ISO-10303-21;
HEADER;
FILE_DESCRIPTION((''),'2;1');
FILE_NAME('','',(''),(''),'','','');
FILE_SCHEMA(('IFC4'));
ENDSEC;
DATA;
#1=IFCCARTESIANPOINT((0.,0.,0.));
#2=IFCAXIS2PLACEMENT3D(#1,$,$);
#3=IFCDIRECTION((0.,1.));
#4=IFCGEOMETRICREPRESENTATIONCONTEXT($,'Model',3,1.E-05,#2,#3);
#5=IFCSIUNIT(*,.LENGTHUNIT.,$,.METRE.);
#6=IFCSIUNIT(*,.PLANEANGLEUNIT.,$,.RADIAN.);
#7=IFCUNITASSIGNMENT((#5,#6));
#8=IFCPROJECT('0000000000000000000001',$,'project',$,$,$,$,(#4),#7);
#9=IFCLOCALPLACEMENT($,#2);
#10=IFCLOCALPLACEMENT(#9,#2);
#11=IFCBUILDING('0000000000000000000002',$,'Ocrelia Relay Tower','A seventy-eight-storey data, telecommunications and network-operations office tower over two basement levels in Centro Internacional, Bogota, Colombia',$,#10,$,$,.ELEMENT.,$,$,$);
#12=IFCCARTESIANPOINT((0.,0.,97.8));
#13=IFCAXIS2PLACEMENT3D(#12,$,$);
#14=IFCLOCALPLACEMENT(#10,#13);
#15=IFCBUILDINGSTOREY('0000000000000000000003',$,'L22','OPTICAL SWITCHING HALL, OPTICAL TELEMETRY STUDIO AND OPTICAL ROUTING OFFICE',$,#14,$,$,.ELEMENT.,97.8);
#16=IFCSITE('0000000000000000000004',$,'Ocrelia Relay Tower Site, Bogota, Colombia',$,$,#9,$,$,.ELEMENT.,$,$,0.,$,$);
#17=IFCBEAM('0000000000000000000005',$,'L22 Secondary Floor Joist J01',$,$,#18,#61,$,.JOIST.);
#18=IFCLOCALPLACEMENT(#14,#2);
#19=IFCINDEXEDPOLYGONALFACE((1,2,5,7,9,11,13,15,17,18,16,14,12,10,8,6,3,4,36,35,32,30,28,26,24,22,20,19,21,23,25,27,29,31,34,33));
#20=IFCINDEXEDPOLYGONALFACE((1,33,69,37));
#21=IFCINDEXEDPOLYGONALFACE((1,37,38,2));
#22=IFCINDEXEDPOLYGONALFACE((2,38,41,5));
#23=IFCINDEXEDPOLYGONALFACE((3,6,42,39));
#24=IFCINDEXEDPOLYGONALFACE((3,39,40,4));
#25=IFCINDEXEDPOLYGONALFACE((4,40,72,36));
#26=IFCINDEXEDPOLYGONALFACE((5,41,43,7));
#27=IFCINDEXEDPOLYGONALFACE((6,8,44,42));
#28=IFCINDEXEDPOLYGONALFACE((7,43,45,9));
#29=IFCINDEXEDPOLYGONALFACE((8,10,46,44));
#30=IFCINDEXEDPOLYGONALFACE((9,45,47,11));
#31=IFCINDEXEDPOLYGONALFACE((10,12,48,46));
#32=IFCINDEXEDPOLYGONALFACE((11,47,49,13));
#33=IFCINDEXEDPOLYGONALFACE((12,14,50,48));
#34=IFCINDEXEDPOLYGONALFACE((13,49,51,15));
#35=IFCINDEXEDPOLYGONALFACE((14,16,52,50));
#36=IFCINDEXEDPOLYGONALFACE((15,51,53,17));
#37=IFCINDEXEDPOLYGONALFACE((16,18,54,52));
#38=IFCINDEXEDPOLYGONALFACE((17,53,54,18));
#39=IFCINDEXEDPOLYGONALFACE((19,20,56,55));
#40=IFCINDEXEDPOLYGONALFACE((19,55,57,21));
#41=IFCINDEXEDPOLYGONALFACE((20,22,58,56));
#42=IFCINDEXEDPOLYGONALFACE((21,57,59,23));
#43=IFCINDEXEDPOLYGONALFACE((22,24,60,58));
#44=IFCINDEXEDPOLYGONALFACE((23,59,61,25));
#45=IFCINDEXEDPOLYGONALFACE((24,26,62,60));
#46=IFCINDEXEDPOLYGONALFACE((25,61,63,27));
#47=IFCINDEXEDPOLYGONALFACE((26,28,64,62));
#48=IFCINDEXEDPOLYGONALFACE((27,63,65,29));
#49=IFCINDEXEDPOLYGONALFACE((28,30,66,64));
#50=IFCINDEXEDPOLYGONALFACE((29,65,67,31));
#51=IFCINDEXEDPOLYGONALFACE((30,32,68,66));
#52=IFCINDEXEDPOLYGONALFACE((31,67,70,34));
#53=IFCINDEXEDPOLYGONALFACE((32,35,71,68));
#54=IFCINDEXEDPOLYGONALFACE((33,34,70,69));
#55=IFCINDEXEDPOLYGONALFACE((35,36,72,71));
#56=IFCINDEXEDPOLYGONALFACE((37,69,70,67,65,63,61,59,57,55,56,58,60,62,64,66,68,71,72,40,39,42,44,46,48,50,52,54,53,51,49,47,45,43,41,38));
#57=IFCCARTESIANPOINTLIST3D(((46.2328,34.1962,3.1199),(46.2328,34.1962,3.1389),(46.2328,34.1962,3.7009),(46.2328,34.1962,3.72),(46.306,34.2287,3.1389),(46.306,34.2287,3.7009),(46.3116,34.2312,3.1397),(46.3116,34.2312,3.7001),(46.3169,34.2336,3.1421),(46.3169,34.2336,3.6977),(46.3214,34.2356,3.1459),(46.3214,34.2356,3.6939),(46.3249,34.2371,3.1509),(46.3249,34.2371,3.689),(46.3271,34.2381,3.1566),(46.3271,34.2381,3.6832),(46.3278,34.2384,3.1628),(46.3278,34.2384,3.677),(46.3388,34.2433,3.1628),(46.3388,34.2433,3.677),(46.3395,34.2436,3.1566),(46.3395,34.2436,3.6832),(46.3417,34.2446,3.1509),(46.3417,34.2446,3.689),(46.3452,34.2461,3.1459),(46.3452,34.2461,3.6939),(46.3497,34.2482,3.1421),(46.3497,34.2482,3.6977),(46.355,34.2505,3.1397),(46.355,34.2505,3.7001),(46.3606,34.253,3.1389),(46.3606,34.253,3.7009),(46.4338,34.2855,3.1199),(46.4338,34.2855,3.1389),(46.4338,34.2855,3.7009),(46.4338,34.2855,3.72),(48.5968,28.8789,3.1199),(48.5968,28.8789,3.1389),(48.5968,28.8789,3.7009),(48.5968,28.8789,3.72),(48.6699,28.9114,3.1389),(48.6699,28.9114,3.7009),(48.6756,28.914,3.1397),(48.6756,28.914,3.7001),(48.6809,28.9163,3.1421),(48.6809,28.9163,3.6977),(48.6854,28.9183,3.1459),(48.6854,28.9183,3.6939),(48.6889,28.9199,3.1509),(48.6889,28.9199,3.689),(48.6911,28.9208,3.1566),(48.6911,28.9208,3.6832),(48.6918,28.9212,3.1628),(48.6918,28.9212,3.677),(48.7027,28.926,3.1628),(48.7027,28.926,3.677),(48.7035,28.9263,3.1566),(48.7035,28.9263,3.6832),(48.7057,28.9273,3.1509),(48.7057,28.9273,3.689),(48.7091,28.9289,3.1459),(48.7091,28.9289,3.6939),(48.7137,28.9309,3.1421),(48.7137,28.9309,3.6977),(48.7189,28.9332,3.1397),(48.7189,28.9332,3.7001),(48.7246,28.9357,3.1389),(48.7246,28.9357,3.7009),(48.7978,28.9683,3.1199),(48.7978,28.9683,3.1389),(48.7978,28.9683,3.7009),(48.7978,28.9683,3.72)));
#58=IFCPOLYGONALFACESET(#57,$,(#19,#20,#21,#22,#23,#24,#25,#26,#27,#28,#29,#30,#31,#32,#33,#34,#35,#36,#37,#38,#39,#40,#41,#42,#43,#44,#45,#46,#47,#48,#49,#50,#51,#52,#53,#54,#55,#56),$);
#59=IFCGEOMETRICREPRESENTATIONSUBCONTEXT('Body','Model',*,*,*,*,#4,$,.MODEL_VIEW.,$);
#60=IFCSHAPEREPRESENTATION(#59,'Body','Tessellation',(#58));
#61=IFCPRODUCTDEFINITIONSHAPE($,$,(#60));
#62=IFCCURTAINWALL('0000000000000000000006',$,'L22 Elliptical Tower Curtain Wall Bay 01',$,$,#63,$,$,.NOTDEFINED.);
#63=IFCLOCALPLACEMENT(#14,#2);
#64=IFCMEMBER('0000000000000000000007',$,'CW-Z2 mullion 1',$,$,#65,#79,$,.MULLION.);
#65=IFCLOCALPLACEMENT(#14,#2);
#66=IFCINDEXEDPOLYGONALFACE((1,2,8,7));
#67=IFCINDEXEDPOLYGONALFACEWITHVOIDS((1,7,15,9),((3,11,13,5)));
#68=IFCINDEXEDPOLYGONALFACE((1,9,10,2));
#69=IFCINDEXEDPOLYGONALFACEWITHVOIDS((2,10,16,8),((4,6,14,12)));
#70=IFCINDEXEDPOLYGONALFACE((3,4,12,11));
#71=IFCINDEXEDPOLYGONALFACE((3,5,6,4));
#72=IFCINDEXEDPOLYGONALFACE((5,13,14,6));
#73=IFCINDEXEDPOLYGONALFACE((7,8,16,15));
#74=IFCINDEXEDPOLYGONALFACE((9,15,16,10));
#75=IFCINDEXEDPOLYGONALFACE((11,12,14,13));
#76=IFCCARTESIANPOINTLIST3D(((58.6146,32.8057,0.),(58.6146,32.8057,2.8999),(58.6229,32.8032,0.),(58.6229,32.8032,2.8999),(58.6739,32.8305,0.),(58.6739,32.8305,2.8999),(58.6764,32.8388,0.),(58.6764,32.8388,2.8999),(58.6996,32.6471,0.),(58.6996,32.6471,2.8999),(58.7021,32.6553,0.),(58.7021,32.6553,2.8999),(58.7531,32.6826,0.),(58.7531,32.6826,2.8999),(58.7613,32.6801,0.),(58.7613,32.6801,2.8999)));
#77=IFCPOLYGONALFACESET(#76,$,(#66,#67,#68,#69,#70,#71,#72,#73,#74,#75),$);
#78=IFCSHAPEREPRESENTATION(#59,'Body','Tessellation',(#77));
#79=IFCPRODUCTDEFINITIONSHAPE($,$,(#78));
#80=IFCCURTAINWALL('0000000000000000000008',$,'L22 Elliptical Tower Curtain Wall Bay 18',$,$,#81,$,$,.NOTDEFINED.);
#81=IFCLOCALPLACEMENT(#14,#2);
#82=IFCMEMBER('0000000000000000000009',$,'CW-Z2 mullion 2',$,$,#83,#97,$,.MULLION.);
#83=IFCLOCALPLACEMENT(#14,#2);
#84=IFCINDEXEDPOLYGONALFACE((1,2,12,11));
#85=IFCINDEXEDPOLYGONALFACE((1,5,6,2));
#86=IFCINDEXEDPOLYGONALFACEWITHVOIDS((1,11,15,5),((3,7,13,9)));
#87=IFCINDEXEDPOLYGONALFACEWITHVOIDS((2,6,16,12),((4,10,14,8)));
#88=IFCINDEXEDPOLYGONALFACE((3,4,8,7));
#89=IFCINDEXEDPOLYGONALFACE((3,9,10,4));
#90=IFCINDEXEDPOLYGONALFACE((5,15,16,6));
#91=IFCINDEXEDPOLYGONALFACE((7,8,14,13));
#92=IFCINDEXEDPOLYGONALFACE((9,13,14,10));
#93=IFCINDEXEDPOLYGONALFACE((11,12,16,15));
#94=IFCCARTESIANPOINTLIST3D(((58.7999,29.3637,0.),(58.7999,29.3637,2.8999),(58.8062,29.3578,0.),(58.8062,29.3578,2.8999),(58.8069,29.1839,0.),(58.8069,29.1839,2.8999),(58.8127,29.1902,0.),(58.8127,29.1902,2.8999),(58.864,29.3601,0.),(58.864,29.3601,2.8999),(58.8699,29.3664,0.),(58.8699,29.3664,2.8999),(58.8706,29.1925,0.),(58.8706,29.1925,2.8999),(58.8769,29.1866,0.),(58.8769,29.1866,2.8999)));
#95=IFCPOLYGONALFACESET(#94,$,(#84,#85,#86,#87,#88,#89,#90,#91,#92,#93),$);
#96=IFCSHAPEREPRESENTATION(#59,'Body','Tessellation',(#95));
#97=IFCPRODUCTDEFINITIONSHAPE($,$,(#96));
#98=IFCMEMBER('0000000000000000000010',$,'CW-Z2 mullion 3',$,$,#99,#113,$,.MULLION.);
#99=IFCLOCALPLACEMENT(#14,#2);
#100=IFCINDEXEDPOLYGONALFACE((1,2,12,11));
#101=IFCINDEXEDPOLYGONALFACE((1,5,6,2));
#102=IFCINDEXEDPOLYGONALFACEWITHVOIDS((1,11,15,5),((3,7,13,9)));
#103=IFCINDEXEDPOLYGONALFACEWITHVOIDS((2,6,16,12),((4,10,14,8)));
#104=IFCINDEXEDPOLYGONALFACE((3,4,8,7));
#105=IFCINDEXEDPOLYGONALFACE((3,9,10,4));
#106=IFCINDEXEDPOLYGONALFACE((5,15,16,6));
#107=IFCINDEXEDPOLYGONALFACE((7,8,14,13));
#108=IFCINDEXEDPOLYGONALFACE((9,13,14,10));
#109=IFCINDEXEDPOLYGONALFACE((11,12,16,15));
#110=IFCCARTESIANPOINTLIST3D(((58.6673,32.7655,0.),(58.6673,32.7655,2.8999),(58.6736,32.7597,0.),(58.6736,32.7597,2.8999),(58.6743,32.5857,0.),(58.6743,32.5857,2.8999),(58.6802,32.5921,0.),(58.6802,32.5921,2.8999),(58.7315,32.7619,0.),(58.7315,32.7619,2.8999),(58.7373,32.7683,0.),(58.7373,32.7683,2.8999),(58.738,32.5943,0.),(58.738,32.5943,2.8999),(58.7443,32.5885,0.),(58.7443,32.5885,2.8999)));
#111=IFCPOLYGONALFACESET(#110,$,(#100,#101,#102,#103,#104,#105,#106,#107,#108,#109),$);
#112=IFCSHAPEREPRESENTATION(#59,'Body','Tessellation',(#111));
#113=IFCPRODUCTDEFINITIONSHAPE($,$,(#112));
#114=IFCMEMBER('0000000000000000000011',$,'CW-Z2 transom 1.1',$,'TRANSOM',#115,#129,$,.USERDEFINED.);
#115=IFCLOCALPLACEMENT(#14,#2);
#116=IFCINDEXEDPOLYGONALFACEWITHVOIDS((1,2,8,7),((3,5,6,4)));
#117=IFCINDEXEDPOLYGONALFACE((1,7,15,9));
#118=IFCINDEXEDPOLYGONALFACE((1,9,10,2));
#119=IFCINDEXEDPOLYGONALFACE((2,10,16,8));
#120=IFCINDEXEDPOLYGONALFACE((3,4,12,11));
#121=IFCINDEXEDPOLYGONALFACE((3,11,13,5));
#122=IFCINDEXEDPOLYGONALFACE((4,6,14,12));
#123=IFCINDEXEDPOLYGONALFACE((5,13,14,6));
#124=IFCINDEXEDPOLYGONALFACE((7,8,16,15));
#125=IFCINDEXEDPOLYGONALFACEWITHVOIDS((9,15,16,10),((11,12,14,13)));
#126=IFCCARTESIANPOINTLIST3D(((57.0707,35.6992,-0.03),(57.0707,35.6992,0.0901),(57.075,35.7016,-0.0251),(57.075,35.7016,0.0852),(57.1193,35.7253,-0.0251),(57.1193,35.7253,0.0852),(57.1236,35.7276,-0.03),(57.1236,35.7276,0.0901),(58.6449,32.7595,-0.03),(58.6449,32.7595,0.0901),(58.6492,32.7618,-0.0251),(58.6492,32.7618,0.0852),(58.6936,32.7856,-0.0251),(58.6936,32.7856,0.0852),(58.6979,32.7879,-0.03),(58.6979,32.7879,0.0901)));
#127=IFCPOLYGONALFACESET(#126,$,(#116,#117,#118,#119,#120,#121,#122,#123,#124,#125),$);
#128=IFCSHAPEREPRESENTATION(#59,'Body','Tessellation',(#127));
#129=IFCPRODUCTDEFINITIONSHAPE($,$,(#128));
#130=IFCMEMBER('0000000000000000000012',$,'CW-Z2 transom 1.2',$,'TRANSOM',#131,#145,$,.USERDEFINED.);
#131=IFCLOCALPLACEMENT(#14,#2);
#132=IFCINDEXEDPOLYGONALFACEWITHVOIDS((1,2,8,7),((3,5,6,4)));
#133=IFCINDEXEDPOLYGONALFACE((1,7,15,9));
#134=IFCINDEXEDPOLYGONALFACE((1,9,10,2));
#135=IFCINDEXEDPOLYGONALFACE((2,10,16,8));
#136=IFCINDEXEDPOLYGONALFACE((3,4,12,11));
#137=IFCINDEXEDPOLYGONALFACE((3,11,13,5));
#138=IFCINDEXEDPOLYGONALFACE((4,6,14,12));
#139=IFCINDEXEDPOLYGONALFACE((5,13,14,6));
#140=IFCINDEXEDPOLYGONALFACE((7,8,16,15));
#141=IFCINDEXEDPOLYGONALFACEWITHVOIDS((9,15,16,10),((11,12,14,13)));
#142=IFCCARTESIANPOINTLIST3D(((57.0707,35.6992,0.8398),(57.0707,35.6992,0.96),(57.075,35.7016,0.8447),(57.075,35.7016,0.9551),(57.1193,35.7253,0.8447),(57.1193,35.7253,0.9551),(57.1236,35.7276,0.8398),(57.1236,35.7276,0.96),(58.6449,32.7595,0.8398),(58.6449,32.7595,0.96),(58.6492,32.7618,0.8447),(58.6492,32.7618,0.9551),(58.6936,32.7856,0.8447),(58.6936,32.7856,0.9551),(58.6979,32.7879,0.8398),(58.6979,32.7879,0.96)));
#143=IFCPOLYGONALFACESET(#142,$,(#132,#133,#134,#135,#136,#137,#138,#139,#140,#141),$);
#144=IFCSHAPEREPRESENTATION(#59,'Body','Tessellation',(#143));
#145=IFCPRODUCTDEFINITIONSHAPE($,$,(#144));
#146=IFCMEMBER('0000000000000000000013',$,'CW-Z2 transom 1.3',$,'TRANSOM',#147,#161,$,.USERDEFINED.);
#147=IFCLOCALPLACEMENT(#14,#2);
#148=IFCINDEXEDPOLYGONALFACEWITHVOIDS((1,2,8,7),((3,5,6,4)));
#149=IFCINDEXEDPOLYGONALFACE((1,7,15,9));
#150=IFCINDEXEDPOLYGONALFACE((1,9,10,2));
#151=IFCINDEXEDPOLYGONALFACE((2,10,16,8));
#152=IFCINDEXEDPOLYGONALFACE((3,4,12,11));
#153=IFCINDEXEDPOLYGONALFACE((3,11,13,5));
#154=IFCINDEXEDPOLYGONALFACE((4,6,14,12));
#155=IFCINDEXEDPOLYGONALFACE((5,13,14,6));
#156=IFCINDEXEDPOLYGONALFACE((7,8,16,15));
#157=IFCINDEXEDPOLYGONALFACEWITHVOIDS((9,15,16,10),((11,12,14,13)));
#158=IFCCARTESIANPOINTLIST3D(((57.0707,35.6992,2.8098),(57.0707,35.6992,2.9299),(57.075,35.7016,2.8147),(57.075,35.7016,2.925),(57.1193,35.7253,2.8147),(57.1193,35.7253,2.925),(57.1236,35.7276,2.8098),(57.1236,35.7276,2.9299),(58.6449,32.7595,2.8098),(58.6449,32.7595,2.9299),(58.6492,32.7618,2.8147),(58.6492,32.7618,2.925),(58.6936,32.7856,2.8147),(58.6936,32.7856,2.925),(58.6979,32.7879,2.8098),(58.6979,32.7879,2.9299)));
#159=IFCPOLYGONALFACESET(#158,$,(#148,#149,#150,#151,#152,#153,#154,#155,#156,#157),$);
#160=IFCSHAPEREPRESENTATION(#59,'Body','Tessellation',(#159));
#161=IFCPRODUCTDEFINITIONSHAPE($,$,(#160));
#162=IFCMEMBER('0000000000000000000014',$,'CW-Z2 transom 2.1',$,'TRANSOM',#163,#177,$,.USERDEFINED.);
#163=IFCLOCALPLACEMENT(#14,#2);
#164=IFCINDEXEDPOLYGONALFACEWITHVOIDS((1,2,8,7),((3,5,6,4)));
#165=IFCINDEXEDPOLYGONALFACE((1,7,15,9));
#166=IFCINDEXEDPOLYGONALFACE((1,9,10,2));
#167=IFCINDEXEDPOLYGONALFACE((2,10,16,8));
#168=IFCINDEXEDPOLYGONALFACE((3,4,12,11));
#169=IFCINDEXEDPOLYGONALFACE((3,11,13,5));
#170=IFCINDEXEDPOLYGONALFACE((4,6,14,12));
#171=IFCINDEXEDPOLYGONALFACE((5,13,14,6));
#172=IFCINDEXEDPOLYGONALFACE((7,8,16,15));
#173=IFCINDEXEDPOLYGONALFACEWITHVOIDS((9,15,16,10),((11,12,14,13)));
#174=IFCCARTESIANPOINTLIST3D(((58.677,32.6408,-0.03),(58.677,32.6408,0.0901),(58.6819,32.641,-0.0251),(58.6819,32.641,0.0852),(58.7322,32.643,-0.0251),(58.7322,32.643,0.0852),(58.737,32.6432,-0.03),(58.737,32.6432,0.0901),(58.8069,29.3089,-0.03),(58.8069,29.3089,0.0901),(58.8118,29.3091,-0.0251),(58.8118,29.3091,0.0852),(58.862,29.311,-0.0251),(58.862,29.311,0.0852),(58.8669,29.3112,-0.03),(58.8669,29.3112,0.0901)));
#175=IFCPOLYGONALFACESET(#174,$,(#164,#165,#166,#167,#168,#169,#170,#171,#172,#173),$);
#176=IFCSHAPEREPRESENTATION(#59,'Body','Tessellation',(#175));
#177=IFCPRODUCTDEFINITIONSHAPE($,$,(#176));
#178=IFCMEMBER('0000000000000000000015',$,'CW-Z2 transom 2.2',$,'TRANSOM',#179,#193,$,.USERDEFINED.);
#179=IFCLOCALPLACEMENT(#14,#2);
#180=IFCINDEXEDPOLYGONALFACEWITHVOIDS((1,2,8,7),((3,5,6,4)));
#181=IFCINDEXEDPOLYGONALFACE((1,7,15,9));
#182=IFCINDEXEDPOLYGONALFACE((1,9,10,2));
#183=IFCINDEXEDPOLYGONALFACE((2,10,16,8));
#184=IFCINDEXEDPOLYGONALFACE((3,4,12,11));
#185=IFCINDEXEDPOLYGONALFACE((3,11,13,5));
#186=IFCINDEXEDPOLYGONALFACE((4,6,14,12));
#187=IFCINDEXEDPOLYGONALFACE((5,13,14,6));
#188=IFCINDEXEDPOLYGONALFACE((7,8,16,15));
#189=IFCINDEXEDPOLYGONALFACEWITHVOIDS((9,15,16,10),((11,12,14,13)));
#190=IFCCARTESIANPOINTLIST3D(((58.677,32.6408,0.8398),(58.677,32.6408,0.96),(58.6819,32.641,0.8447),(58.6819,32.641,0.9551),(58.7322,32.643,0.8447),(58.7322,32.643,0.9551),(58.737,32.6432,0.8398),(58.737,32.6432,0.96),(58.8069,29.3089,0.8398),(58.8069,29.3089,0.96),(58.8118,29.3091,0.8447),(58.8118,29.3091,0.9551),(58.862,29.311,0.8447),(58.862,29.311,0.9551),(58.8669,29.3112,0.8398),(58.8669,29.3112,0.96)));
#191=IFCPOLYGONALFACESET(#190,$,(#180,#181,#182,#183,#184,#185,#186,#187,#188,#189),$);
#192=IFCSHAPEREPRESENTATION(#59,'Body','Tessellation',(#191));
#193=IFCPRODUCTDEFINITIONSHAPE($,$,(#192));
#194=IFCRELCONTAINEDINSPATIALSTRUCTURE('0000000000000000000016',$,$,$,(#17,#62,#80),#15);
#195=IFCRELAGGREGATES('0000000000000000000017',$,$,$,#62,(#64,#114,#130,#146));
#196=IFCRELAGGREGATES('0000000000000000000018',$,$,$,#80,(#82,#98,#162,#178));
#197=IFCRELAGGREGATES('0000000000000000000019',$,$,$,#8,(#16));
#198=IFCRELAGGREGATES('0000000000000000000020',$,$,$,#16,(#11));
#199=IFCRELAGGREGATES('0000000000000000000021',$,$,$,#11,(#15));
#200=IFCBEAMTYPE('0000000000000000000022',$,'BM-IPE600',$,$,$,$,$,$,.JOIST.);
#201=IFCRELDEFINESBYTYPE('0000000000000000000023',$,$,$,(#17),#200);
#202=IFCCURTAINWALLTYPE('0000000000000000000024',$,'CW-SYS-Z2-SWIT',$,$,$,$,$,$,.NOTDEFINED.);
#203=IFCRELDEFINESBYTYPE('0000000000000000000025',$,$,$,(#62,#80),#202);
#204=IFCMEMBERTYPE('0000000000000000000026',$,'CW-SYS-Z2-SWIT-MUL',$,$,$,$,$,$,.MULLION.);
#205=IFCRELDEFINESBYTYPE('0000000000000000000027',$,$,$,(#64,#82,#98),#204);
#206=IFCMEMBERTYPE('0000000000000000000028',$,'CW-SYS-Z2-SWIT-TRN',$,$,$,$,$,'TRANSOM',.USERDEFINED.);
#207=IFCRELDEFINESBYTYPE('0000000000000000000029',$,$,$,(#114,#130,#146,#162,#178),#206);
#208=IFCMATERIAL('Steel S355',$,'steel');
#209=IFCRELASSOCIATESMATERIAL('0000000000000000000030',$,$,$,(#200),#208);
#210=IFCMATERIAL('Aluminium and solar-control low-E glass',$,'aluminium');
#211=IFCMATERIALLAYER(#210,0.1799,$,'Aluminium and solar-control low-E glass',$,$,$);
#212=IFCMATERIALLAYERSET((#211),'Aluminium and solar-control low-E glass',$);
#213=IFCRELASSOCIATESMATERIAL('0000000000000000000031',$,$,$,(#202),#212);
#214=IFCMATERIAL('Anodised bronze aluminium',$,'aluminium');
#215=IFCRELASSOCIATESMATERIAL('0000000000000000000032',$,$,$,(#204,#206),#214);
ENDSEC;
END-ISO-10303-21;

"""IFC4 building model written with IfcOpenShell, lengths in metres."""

from ifc_helpers import new_model, si_unit, direction, frame, origin, origin_2d, place, context, subcontext, project, spatial, hollow_rectangle, i_section, extrude, material, layer, layer_set, material_profile, profile_set, type_object, element, aggregate, save


model = new_model("IFC4")

# Units and contexts
model_context = context("Model", 3, precision=1e-05, world=origin(), true_north=direction((0.0, 1.0)))
body_context = subcontext(model_context, "Body", "Model", "MODEL_VIEW")
ifc_project = project(units=[si_unit("LENGTHUNIT", "METRE"), si_unit("PLANEANGLEUNIT", "RADIAN")], contexts=[model_context])

# Site, building, storey
site_placement = place(None, origin())
site = spatial("IfcSite", under=ifc_project, at=site_placement, Name="Ocrelia Relay Tower Site, Bogota, Colombia", CompositionType="ELEMENT", RefElevation=0.0)
building_placement = place(site_placement, origin())
building = spatial("IfcBuilding", under=site, at=building_placement, Name="Ocrelia Relay Tower", Description="A seventy-eight-storey data, telecommunications and network-operations office tower over two basement levels in Centro Internacional, Bogota, Colombia", CompositionType="ELEMENT")
storey_placement = place(building_placement, frame((0.0, 0.0, 97.8)))
storey = spatial("IfcBuildingStorey", under=building, at=storey_placement, Name="L22", Description="OPTICAL SWITCHING HALL, OPTICAL TELEMETRY STUDIO AND OPTICAL ROUTING OFFICE", CompositionType="ELEMENT", Elevation=97.8)

# Beam
ifc_material_1 = material(Name="Steel S355", Category="steel")
ifc_material_profile_1 = material_profile(ifc_material_1, i_section(OverallWidth=0.22, OverallDepth=0.6001, WebThickness=0.012, FlangeThickness=0.019, FilletRadius=0.0239, at=origin_2d()), Name="IPE 600")
ifc_profile_set_1 = profile_set([ifc_material_profile_1], Name="Steel S355")
beam_type_1 = type_object("IfcBeamType", Name="BM-IPE600", PredefinedType="JOIST", material=ifc_profile_set_1)
beam_1_placement = place(storey_placement, frame((48.6973, 28.9236, 3.4199), z_axis=(-0.406244, 0.913765, 0.0), x_axis=(-0.913765, -0.406244, 0.0)))
element("IfcBeam", 1, at=beam_1_placement, inside=storey, type_object=beam_type_1, Name="L22 Secondary Floor Joist J01", PredefinedType="JOIST", context=body_context, shape_type="SweptSolid", body=[
    extrude(i_section(OverallWidth=0.22, OverallDepth=0.6001, WebThickness=0.012, FlangeThickness=0.019, FilletRadius=0.0239, at=origin_2d()), origin(), (0.0, 0.0, 1.0), 5.8191),
])

# Curtain wall, member
ifc_material_2 = material(Name="Aluminium and solar-control low-E glass", Category="aluminium")
ifc_layer_1 = layer(ifc_material_2, 0.1799, Name="Aluminium and solar-control low-E glass")
ifc_layer_set_1 = layer_set([ifc_layer_1], Name="Aluminium and solar-control low-E glass")
curtain_wall_type = type_object("IfcCurtainWallType", Name="CW-SYS-Z2-SWIT", PredefinedType="NOTDEFINED", material=ifc_layer_set_1)
curtain_wall_1_placement = place(storey_placement, origin())
curtain_wall_1 = element("IfcCurtainWall", 2, at=curtain_wall_1_placement, inside=storey, type_object=curtain_wall_type, Name="L22 Elliptical Tower Curtain Wall Bay 01", PredefinedType="NOTDEFINED")
ifc_material_3 = material(Name="Anodised bronze aluminium", Category="aluminium")
ifc_material_profile_2 = material_profile(ifc_material_3, hollow_rectangle(XDim=0.0701, YDim=0.1799, WallThickness=0.0061, at=origin_2d()), Name="CW-MUL-180x70")
ifc_profile_set_2 = profile_set([ifc_material_profile_2], Name="Anodised bronze aluminium")
member_type_1 = type_object("IfcMemberType", Name="CW-SYS-Z2-SWIT-MUL", PredefinedType="MULLION", material=ifc_profile_set_2)
member_1_placement = place(storey_placement, frame((58.688, 32.7429, 0.0), z_axis=(0.0, 0.0, 1.0), x_axis=(-0.881561, -0.472071, 0.0)))
member_1 = element("IfcMember", 3, at=member_1_placement, type_object=member_type_1, Name="CW-Z2 mullion 1", PredefinedType="MULLION", context=body_context, shape_type="SweptSolid", body=[
    extrude(hollow_rectangle(XDim=0.0701, YDim=0.1799, WallThickness=0.0061, at=origin_2d()), origin(), (0.0, 0.0, 1.0), 2.8999),
])

# Curtain wall, members
curtain_wall_2_placement = place(storey_placement, origin())
curtain_wall_2 = element("IfcCurtainWall", 4, at=curtain_wall_2_placement, inside=storey, type_object=curtain_wall_type, Name="L22 Elliptical Tower Curtain Wall Bay 18", PredefinedType="NOTDEFINED")
member_2_placement = place(storey_placement, frame((58.8384, 29.2751, 0.0), z_axis=(0.0, 0.0, 1.0), x_axis=(-0.999242, -0.03893, 0.0)))
member_2 = element("IfcMember", 5, at=member_2_placement, type_object=member_type_1, Name="CW-Z2 mullion 2", PredefinedType="MULLION", context=body_context, shape_type="SweptSolid", body=[
    extrude(hollow_rectangle(XDim=0.0701, YDim=0.1799, WallThickness=0.0061, at=origin_2d()), origin(), (0.0, 0.0, 1.0), 2.8999),
])
member_3_placement = place(storey_placement, frame((58.7058, 32.677, 0.0), z_axis=(0.0, 0.0, 1.0), x_axis=(-0.999242, -0.03893, 0.0)))
member_3 = element("IfcMember", 6, at=member_3_placement, type_object=member_type_1, Name="CW-Z2 mullion 3", PredefinedType="MULLION", context=body_context, shape_type="SweptSolid", body=[
    extrude(hollow_rectangle(XDim=0.0701, YDim=0.1799, WallThickness=0.0061, at=origin_2d()), origin(), (0.0, 0.0, 1.0), 2.8999),
])

# Members
ifc_material_profile_3 = material_profile(ifc_material_3, hollow_rectangle(XDim=0.0601, YDim=0.1201, WallThickness=0.0049, at=origin_2d()), Name="CW-TRN-120x60")
ifc_profile_set_3 = profile_set([ifc_material_profile_3], Name="Anodised bronze aluminium")
member_type_2 = type_object("IfcMemberType", Name="CW-SYS-Z2-SWIT-TRN", ElementType="TRANSOM", PredefinedType="USERDEFINED", material=ifc_profile_set_3)
member_4_placement = place(storey_placement, frame((58.6714, 32.7737, 0.03), z_axis=(-0.472077, 0.881557, 0.0), x_axis=(-0.881557, -0.472077, 0.0)))
member_4 = element("IfcMember", 7, at=member_4_placement, type_object=member_type_2, Name="CW-Z2 transom 1.1", ObjectType="TRANSOM", PredefinedType="USERDEFINED", context=body_context, shape_type="SweptSolid", body=[
    extrude(hollow_rectangle(XDim=0.0601, YDim=0.1201, WallThickness=0.0049, at=origin_2d()), origin(), (0.0, 0.0, 1.0), 3.3347),
])
member_5_placement = place(storey_placement, frame((58.6714, 32.7737, 0.8999), z_axis=(-0.472077, 0.881557, 0.0), x_axis=(-0.881557, -0.472077, 0.0)))
member_5 = element("IfcMember", 8, at=member_5_placement, type_object=member_type_2, Name="CW-Z2 transom 1.2", ObjectType="TRANSOM", PredefinedType="USERDEFINED", context=body_context, shape_type="SweptSolid", body=[
    extrude(hollow_rectangle(XDim=0.0601, YDim=0.1201, WallThickness=0.0049, at=origin_2d()), origin(), (0.0, 0.0, 1.0), 3.3347),
])
member_6_placement = place(storey_placement, frame((58.6714, 32.7737, 2.8699), z_axis=(-0.472077, 0.881557, 0.0), x_axis=(-0.881557, -0.472077, 0.0)))
member_6 = element("IfcMember", 9, at=member_6_placement, type_object=member_type_2, Name="CW-Z2 transom 1.3", ObjectType="TRANSOM", PredefinedType="USERDEFINED", context=body_context, shape_type="SweptSolid", body=[
    extrude(hollow_rectangle(XDim=0.0601, YDim=0.1201, WallThickness=0.0049, at=origin_2d()), origin(), (0.0, 0.0, 1.0), 3.3347),
])
member_7_placement = place(storey_placement, frame((58.8369, 29.3101, 0.03), z_axis=(-0.03895, 0.999241, 0.0), x_axis=(-0.999241, -0.03895, 0.0)))
member_7 = element("IfcMember", 10, at=member_7_placement, type_object=member_type_2, Name="CW-Z2 transom 2.1", ObjectType="TRANSOM", PredefinedType="USERDEFINED", context=body_context, shape_type="SweptSolid", body=[
    extrude(hollow_rectangle(XDim=0.0601, YDim=0.1201, WallThickness=0.0049, at=origin_2d()), origin(), (0.0, 0.0, 1.0), 3.3345),
])
member_8_placement = place(storey_placement, frame((58.8369, 29.3101, 0.8999), z_axis=(-0.03895, 0.999241, 0.0), x_axis=(-0.999241, -0.03895, 0.0)))
member_8 = element("IfcMember", 11, at=member_8_placement, type_object=member_type_2, Name="CW-Z2 transom 2.2", ObjectType="TRANSOM", PredefinedType="USERDEFINED", context=body_context, shape_type="SweptSolid", body=[
    extrude(hollow_rectangle(XDim=0.0601, YDim=0.1201, WallThickness=0.0049, at=origin_2d()), origin(), (0.0, 0.0, 1.0), 3.3345),
])

aggregate(curtain_wall_1, [member_1, member_4, member_5, member_6])
aggregate(curtain_wall_2, [member_2, member_3, member_7, member_8])

save(model, "model.ifc")
